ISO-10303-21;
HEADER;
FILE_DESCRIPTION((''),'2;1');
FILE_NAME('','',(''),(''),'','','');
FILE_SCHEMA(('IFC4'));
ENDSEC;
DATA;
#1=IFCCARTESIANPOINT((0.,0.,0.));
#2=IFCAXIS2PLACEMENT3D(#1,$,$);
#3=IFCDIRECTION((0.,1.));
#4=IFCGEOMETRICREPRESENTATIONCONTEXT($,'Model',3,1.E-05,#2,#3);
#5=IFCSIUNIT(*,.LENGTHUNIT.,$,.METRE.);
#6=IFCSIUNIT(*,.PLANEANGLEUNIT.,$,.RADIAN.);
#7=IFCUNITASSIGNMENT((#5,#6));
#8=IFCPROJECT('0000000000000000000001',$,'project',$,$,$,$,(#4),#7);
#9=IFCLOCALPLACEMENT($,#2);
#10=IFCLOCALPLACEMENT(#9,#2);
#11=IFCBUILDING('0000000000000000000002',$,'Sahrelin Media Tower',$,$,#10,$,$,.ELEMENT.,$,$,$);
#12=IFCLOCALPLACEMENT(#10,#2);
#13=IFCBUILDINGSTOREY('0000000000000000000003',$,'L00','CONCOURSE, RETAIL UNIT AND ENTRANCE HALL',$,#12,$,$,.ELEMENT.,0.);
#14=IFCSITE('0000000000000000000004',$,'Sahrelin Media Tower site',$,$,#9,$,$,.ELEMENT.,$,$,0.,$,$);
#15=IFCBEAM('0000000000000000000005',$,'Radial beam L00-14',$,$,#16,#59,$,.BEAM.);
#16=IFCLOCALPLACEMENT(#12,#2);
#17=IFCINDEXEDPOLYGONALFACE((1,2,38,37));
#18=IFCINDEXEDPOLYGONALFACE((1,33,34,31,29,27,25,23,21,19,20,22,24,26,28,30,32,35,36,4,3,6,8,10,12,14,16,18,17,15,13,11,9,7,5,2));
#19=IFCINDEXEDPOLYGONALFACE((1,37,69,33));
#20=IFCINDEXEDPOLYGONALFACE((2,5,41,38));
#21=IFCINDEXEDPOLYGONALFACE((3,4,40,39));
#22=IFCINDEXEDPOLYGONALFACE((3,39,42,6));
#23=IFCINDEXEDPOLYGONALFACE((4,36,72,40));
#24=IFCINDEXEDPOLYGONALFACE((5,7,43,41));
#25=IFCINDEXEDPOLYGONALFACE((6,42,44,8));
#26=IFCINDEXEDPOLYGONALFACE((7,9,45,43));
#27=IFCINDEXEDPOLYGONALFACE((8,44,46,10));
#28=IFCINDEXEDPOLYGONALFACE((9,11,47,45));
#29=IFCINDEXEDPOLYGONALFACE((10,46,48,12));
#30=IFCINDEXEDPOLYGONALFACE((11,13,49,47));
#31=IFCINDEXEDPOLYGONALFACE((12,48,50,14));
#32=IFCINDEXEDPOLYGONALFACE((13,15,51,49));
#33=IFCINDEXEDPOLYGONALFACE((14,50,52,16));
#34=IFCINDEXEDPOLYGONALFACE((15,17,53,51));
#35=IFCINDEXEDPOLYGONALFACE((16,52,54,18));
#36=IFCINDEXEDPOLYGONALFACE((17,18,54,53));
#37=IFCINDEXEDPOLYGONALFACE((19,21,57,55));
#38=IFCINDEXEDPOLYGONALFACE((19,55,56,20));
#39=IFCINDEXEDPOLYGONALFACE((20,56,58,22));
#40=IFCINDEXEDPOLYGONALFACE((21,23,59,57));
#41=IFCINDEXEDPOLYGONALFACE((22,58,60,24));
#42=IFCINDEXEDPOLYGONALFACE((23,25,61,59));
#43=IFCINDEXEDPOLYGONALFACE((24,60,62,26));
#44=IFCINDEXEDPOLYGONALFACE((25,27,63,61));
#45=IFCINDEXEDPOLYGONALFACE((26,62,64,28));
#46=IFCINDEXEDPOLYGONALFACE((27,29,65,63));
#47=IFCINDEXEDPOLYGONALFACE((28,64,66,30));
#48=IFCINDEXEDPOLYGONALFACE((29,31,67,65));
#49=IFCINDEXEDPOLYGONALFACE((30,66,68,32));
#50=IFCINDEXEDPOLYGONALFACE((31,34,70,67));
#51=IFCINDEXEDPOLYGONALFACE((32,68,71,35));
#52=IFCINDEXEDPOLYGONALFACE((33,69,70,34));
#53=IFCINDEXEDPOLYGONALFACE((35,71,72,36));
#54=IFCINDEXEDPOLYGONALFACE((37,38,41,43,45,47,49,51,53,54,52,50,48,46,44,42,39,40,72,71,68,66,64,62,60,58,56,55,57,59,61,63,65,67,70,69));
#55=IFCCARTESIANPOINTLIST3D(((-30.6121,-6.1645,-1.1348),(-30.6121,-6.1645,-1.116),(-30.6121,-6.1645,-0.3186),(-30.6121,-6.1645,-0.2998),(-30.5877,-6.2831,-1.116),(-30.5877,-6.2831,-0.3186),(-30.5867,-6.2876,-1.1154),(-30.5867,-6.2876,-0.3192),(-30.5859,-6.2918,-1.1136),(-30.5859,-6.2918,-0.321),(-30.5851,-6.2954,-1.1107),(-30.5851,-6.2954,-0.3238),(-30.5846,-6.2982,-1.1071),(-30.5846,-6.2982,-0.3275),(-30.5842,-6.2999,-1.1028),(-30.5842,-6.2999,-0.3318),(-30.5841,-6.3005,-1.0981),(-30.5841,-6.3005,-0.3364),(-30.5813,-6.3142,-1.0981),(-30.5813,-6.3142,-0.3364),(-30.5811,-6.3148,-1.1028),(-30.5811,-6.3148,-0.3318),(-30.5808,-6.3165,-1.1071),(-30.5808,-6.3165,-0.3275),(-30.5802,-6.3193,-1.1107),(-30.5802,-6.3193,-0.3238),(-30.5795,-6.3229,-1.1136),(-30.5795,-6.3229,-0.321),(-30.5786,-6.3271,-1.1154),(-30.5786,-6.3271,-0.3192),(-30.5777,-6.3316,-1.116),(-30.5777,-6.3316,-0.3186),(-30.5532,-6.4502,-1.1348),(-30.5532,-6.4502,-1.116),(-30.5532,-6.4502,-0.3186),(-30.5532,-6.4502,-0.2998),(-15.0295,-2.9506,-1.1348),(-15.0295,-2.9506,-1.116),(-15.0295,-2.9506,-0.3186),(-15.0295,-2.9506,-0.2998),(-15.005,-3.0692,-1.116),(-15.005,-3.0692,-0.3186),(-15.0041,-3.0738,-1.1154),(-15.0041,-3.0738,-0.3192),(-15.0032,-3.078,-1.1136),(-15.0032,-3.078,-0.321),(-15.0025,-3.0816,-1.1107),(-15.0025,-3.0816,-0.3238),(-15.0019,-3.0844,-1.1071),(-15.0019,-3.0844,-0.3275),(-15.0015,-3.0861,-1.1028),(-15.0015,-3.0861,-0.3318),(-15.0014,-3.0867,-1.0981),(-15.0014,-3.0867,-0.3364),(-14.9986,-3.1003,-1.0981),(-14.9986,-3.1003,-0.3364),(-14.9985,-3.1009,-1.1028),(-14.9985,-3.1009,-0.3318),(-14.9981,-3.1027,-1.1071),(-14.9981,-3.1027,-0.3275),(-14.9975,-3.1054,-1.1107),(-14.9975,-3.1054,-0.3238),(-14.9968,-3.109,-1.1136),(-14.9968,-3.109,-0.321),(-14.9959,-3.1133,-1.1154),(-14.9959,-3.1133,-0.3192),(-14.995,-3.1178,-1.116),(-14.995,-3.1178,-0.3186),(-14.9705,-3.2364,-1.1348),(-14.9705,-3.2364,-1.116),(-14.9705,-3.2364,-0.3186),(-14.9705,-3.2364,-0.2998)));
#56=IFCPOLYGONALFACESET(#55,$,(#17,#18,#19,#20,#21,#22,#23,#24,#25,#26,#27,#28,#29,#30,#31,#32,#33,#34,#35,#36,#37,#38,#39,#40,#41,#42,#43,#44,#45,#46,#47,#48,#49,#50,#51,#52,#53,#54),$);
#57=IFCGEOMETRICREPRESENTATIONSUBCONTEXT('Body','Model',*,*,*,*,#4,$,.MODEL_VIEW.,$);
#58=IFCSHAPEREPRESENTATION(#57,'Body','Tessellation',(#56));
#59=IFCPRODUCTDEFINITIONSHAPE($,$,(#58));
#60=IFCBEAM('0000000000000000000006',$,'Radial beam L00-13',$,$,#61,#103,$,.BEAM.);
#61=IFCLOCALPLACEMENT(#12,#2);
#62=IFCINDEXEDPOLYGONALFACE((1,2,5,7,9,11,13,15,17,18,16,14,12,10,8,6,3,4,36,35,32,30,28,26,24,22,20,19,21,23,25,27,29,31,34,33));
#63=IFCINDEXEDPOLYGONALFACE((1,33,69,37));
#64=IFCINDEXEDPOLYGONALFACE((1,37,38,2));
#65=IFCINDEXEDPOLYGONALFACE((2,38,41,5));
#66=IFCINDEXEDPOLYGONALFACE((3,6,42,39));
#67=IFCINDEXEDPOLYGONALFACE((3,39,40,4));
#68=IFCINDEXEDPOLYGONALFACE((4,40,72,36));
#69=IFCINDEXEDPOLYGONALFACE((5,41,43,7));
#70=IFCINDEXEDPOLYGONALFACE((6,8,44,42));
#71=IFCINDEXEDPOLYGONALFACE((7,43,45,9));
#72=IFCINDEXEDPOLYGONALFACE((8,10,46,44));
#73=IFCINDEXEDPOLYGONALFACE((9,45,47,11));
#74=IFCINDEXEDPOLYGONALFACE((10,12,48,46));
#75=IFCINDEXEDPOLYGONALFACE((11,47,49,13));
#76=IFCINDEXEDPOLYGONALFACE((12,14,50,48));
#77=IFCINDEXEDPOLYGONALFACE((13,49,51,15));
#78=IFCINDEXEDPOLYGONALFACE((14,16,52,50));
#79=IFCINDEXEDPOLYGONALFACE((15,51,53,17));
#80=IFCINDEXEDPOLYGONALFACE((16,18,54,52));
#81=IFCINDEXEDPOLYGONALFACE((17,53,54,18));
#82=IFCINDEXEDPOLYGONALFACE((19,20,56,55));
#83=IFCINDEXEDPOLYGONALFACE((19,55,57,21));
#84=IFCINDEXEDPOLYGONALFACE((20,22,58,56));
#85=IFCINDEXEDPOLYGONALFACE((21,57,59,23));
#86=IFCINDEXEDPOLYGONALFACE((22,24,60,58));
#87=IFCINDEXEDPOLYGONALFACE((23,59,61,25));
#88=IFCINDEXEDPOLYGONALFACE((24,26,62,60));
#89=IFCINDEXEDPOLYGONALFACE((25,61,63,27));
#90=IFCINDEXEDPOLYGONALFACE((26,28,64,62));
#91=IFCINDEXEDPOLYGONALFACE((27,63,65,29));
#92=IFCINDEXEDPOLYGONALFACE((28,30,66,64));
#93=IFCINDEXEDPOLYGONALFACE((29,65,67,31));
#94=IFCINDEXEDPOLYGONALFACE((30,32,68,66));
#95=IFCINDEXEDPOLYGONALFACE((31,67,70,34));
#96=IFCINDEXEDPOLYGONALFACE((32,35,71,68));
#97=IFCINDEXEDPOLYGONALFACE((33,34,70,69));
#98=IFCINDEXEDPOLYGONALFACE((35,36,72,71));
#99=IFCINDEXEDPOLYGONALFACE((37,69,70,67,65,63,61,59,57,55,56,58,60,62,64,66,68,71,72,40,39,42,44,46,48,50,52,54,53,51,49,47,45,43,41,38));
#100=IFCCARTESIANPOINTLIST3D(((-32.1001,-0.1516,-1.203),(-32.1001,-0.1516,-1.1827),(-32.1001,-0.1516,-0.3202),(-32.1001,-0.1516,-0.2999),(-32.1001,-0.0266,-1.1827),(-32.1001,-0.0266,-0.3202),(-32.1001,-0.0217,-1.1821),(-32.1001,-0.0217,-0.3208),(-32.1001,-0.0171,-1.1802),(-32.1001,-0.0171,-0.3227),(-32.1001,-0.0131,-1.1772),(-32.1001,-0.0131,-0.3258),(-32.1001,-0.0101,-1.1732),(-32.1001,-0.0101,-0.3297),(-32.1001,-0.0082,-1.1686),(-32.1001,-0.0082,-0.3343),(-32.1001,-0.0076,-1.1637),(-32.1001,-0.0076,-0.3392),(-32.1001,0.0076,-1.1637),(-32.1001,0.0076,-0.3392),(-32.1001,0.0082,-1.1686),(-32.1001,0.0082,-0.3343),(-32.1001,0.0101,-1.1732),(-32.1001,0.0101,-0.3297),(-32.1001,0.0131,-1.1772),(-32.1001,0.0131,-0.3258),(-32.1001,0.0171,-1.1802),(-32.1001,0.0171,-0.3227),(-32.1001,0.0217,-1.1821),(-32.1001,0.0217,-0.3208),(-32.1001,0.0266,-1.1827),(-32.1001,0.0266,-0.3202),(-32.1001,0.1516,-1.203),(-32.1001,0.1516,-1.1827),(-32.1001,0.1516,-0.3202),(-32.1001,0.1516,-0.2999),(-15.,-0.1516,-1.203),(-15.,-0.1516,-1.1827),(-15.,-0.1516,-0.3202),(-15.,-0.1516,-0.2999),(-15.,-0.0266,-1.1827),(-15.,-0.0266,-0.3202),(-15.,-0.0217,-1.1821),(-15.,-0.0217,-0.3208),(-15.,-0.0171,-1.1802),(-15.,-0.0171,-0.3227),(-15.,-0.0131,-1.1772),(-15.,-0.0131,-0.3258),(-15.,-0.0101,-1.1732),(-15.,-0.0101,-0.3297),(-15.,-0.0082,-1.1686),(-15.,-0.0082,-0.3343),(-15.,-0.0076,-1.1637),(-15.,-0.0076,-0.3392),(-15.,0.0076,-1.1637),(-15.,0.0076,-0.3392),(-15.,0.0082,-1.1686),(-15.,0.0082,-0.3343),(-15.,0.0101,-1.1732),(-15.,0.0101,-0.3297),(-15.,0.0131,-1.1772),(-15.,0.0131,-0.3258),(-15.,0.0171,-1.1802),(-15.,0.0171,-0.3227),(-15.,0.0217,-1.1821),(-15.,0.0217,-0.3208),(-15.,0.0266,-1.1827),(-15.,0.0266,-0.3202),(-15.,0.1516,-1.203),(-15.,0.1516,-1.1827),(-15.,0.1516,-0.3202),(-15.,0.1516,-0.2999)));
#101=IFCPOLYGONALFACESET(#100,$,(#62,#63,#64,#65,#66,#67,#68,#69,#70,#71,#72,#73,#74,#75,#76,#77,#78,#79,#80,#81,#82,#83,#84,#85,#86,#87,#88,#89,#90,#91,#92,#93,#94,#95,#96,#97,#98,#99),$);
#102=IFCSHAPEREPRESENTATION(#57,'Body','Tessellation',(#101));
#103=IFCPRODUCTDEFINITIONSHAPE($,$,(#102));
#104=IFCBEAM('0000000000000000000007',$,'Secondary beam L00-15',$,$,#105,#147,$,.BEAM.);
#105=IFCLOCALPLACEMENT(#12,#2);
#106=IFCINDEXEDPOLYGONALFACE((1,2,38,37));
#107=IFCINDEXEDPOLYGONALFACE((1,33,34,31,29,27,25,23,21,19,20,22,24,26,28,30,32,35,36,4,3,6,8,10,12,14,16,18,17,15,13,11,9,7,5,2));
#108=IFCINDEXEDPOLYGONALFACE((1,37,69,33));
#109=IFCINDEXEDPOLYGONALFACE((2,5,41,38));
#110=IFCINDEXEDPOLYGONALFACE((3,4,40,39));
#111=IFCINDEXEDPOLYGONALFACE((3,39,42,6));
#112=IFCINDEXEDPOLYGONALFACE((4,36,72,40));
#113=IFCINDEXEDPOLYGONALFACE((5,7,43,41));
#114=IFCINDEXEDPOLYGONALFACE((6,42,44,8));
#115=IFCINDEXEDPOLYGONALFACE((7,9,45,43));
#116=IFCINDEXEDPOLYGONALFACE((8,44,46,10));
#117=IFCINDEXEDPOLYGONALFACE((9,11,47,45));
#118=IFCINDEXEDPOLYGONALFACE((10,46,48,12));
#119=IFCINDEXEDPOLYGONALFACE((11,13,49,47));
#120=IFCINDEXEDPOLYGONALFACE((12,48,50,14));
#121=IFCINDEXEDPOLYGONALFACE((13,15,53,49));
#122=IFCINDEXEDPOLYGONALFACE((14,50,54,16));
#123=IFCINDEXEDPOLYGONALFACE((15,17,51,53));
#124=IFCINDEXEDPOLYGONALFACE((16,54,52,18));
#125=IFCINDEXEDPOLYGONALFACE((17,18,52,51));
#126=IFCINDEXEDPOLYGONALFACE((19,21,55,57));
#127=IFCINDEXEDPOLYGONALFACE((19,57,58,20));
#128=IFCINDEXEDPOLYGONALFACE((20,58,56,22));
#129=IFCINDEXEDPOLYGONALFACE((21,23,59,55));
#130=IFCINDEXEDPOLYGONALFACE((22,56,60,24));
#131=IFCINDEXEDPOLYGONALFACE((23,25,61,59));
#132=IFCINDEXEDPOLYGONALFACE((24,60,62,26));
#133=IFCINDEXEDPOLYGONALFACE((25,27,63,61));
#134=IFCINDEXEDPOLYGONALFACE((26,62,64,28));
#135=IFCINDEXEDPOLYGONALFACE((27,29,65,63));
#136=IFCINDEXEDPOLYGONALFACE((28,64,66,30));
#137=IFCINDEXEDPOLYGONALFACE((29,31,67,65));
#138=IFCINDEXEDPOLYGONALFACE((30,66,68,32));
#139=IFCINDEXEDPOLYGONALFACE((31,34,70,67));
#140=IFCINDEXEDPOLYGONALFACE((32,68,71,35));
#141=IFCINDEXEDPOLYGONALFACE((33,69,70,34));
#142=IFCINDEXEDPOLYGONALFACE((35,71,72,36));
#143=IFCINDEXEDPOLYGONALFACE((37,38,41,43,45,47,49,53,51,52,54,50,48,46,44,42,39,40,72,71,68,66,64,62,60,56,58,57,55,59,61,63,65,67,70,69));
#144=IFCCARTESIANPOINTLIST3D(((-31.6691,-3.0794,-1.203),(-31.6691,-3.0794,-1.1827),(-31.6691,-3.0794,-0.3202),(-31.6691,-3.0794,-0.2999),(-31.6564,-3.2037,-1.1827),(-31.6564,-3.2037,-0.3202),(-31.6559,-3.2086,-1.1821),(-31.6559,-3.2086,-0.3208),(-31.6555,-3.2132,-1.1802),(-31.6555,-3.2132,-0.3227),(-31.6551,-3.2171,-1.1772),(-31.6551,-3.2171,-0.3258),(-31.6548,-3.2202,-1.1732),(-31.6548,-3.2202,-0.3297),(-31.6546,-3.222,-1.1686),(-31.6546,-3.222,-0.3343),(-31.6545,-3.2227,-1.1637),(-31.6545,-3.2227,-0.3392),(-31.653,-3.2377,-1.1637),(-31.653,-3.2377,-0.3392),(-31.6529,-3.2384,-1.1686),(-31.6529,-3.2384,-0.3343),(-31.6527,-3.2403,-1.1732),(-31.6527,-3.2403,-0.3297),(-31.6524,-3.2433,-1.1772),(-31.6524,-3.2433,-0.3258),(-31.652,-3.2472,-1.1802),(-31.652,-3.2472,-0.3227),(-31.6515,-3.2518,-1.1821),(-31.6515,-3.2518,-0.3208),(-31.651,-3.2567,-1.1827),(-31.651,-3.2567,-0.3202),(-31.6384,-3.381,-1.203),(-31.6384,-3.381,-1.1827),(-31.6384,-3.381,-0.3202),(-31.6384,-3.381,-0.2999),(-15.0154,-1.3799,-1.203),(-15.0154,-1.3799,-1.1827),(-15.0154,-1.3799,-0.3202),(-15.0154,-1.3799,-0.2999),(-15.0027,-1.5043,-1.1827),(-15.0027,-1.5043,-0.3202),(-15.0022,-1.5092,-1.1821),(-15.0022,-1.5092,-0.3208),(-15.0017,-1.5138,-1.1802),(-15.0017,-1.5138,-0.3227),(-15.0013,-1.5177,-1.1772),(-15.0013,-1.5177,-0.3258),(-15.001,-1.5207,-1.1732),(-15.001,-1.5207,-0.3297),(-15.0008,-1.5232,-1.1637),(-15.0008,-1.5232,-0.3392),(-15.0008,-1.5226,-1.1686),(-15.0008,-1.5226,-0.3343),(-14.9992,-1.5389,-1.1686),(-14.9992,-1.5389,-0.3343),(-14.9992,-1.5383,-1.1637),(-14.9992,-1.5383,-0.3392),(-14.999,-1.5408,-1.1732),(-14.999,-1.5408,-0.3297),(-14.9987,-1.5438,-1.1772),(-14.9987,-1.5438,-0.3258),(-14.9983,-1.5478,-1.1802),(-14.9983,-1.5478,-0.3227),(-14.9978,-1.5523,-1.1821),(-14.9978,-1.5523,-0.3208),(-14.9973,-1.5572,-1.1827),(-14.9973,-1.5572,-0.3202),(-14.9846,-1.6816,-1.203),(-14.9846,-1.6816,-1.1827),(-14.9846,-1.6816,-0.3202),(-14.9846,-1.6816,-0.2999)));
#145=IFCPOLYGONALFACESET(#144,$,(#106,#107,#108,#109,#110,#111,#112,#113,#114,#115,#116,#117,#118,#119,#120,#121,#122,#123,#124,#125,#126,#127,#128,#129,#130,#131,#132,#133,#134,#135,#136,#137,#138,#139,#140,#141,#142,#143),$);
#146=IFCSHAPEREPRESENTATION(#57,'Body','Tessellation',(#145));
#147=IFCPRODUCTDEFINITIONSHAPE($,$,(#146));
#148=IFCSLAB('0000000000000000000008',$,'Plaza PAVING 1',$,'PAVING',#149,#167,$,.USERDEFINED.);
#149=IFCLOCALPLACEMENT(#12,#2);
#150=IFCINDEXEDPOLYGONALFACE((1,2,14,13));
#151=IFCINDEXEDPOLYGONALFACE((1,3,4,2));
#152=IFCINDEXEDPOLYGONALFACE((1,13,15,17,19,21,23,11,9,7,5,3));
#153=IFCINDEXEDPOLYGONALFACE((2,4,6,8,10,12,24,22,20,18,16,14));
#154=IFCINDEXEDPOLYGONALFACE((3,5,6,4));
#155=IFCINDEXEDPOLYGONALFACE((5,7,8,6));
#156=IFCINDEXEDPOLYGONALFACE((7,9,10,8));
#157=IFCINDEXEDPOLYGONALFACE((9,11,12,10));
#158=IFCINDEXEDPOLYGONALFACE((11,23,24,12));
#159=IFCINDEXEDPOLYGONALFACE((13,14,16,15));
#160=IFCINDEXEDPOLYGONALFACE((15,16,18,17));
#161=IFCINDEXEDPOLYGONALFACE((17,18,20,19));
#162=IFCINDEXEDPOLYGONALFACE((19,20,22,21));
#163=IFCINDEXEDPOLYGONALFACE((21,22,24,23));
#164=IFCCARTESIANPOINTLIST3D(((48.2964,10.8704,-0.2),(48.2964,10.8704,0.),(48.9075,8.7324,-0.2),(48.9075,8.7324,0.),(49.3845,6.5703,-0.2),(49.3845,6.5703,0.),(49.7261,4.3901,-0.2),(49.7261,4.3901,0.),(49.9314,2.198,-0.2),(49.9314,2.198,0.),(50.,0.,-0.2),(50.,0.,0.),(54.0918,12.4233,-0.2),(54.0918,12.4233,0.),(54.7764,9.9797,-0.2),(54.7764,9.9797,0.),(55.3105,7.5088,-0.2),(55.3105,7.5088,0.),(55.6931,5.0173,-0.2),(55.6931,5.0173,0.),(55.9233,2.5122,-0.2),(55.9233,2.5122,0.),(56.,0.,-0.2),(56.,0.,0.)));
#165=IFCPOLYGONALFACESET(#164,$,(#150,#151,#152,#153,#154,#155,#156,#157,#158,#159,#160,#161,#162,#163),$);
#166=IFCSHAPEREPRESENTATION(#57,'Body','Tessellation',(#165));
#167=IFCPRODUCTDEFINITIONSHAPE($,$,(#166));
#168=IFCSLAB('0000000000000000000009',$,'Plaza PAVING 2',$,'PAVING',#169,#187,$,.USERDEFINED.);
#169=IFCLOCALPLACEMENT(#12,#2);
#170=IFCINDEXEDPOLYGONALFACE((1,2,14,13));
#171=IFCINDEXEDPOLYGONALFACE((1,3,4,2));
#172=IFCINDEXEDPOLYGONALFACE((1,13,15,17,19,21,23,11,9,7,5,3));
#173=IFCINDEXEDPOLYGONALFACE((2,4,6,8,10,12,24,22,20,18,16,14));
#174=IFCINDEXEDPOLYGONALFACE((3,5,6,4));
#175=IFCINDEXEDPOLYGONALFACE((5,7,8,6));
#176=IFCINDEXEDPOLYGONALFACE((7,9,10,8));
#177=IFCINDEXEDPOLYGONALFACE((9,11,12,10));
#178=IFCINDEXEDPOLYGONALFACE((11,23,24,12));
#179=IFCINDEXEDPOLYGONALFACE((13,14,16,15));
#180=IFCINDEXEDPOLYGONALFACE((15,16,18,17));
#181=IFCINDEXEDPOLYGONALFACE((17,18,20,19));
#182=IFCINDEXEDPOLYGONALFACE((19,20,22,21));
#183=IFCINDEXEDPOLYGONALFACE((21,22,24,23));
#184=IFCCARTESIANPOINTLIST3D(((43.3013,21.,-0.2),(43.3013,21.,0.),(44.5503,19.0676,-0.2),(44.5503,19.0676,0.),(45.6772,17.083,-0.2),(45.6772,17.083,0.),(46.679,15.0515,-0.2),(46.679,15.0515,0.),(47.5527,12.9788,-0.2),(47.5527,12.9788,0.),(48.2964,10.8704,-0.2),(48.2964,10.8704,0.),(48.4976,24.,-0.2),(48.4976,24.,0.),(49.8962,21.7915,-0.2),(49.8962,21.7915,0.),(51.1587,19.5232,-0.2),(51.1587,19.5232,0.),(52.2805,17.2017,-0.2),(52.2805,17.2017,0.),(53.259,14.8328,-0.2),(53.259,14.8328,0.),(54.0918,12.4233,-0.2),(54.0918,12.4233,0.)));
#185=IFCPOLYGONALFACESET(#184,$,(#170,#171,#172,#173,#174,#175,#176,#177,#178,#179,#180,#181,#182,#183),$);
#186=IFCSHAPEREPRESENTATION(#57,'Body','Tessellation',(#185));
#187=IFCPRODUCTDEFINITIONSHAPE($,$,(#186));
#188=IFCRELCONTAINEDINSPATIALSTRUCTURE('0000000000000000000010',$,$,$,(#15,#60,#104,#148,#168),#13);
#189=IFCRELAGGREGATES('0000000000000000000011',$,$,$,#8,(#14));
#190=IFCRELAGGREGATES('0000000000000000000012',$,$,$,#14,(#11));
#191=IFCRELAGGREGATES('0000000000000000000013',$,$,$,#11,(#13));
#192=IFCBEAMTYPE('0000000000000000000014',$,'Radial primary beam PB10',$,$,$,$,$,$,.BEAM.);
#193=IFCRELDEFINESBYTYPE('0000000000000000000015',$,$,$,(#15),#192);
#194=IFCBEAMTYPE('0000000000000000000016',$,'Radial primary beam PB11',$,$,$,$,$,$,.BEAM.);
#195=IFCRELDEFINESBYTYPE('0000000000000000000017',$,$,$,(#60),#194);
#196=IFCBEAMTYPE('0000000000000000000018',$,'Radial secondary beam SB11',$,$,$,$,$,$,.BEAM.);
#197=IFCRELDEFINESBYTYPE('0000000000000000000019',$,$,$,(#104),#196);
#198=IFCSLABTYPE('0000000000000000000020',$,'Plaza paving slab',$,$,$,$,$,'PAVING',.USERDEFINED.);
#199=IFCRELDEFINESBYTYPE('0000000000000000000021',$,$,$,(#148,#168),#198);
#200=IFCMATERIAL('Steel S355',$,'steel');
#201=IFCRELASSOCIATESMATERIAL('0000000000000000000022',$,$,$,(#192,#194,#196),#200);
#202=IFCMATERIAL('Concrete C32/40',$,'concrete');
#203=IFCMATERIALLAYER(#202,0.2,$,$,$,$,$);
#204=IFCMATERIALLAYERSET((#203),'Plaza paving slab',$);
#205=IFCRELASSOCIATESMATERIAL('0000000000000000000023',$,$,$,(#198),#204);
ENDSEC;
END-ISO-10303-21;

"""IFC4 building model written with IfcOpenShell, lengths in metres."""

from ifc_helpers import new_model, si_unit, direction, frame, origin, origin_2d, place, context, subcontext, project, spatial, polyline, i_section, outline, extrude, material, layer, layer_set, material_profile, profile_set, type_object, element, save


model = new_model("IFC4")

# Units and contexts
model_context = context("Model", 3, precision=1e-05, world=origin(), true_north=direction((0.0, 1.0)))
body_context = subcontext(model_context, "Body", "Model", "MODEL_VIEW")
ifc_project = project(units=[si_unit("LENGTHUNIT", "METRE"), si_unit("PLANEANGLEUNIT", "RADIAN")], contexts=[model_context])

# Site, building, storey
site_placement = place(None, origin())
site = spatial("IfcSite", under=ifc_project, at=site_placement, Name="Sahrelin Media Tower site", CompositionType="ELEMENT", RefElevation=0.0)
building_placement = place(site_placement, origin())
building = spatial("IfcBuilding", under=site, at=building_placement, Name="Sahrelin Media Tower", CompositionType="ELEMENT")
storey_placement = place(building_placement, origin())
storey = spatial("IfcBuildingStorey", under=building, at=storey_placement, Name="L00", Description="CONCOURSE, RETAIL UNIT AND ENTRANCE HALL", CompositionType="ELEMENT", Elevation=0.0)

# Beams
ifc_material_1 = material(Name="Steel S355", Category="steel")
ifc_material_profile_1 = material_profile(ifc_material_1, i_section(OverallWidth=0.2917, OverallDepth=0.835, WebThickness=0.0139, FlangeThickness=0.0188, FilletRadius=0.0178, at=origin_2d()), Name="UB 838x292x176")
ifc_profile_set_1 = profile_set([ifc_material_profile_1], Name="Steel S355")
beam_type_1 = type_object("IfcBeamType", Name="Radial primary beam PB10", PredefinedType="BEAM", material=ifc_profile_set_1)
beam_1_placement = place(storey_placement, frame((-15.0, -3.0935, -0.7173), z_axis=(-0.979387, -0.201994, 0.0), x_axis=(0.201994, -0.979387, 0.0)))
element("IfcBeam", 1, at=beam_1_placement, inside=storey, type_object=beam_type_1, Name="Radial beam L00-14", PredefinedType="BEAM", context=body_context, shape_type="SweptSolid", body=[
    extrude(i_section(OverallWidth=0.2917, OverallDepth=0.835, WebThickness=0.0139, FlangeThickness=0.0188, FilletRadius=0.0178, at=origin_2d()), origin(), (0.0, 0.0, 1.0), 15.9106),
])
ifc_material_profile_2 = material_profile(ifc_material_1, i_section(OverallWidth=0.3032, OverallDepth=0.9031, WebThickness=0.0151, FlangeThickness=0.0203, FilletRadius=0.019, at=origin_2d()), Name="UB 914x305x201")
ifc_profile_set_2 = profile_set([ifc_material_profile_2], Name="Steel S355")
beam_type_2 = type_object("IfcBeamType", Name="Radial primary beam PB11", PredefinedType="BEAM", material=ifc_profile_set_2)
beam_2_placement = place(storey_placement, frame((-15.0, 0.0, -0.7515), z_axis=(-1.0, 0.0, 0.0), x_axis=(0.0, -1.0, 0.0)))
element("IfcBeam", 2, at=beam_2_placement, inside=storey, type_object=beam_type_2, Name="Radial beam L00-13", PredefinedType="BEAM", context=body_context, shape_type="SweptSolid", body=[
    extrude(i_section(OverallWidth=0.3032, OverallDepth=0.9031, WebThickness=0.0151, FlangeThickness=0.0203, FilletRadius=0.019, at=origin_2d()), origin(), (0.0, 0.0, 1.0), 17.1001),
])
ifc_material_profile_3 = material_profile(ifc_material_1, i_section(OverallWidth=0.3032, OverallDepth=0.9031, WebThickness=0.0151, FlangeThickness=0.0203, FilletRadius=0.019, at=origin_2d()), Name="UB 914x305x201")
ifc_profile_set_3 = profile_set([ifc_material_profile_3], Name="Steel S355")
beam_type_3 = type_object("IfcBeamType", Name="Radial secondary beam SB11", PredefinedType="BEAM", material=ifc_profile_set_3)
beam_3_placement = place(storey_placement, frame((-15.0, -1.5308, -0.7515), z_axis=(-0.994834, -0.101519, 0.0), x_axis=(0.101519, -0.994834, 0.0)))
element("IfcBeam", 3, at=beam_3_placement, inside=storey, type_object=beam_type_3, Name="Secondary beam L00-15", PredefinedType="BEAM", context=body_context, shape_type="SweptSolid", body=[
    extrude(i_section(OverallWidth=0.3032, OverallDepth=0.9031, WebThickness=0.0151, FlangeThickness=0.0203, FilletRadius=0.019, at=origin_2d()), origin(), (0.0, 0.0, 1.0), 16.7402),
])

# Slabs
ifc_material_2 = material(Name="Concrete C32/40", Category="concrete")
ifc_layer_1 = layer(ifc_material_2, 0.2)
ifc_layer_set_1 = layer_set([ifc_layer_1], Name="Plaza paving slab")
slab_type_1 = type_object("IfcSlabType", Name="Plaza paving slab", ElementType="PAVING", PredefinedType="USERDEFINED", material=ifc_layer_set_1)
placement_1 = place(storey_placement, frame((0.0, 0.0, -0.2)))
element("IfcSlab", 4, at=placement_1, inside=storey, type_object=slab_type_1, Name="Plaza PAVING 1", ObjectType="PAVING", PredefinedType="USERDEFINED", context=body_context, shape_type="SweptSolid", body=[
    extrude(outline(polyline([(50.0, 0.0), (49.9314, 2.198), (49.7261, 4.3901), (49.3845, 6.5703), (48.9075, 8.7324), (48.2964, 10.8704), (54.0918, 12.4233), (54.7764, 9.9797), (55.3105, 7.5088), (55.6931, 5.0173), (55.9233, 2.5122), (56.0, 0.0), (50.0, 0.0)])), origin(), (0.0, 0.0, 1.0), 0.2),
])
element("IfcSlab", 5, at=placement_1, inside=storey, type_object=slab_type_1, Name="Plaza PAVING 2", ObjectType="PAVING", PredefinedType="USERDEFINED", context=body_context, shape_type="SweptSolid", body=[
    extrude(outline(polyline([(48.2964, 10.8704), (47.5527, 12.9788), (46.679, 15.0515), (45.6772, 17.083), (44.5503, 19.0676), (43.3013, 21.0), (48.4976, 24.0), (49.8962, 21.7915), (51.1587, 19.5232), (52.2805, 17.2017), (53.259, 14.8328), (54.0918, 12.4233), (48.2964, 10.8704)])), origin(), (0.0, 0.0, 1.0), 0.2),
])

save(model, "model.ifc")
